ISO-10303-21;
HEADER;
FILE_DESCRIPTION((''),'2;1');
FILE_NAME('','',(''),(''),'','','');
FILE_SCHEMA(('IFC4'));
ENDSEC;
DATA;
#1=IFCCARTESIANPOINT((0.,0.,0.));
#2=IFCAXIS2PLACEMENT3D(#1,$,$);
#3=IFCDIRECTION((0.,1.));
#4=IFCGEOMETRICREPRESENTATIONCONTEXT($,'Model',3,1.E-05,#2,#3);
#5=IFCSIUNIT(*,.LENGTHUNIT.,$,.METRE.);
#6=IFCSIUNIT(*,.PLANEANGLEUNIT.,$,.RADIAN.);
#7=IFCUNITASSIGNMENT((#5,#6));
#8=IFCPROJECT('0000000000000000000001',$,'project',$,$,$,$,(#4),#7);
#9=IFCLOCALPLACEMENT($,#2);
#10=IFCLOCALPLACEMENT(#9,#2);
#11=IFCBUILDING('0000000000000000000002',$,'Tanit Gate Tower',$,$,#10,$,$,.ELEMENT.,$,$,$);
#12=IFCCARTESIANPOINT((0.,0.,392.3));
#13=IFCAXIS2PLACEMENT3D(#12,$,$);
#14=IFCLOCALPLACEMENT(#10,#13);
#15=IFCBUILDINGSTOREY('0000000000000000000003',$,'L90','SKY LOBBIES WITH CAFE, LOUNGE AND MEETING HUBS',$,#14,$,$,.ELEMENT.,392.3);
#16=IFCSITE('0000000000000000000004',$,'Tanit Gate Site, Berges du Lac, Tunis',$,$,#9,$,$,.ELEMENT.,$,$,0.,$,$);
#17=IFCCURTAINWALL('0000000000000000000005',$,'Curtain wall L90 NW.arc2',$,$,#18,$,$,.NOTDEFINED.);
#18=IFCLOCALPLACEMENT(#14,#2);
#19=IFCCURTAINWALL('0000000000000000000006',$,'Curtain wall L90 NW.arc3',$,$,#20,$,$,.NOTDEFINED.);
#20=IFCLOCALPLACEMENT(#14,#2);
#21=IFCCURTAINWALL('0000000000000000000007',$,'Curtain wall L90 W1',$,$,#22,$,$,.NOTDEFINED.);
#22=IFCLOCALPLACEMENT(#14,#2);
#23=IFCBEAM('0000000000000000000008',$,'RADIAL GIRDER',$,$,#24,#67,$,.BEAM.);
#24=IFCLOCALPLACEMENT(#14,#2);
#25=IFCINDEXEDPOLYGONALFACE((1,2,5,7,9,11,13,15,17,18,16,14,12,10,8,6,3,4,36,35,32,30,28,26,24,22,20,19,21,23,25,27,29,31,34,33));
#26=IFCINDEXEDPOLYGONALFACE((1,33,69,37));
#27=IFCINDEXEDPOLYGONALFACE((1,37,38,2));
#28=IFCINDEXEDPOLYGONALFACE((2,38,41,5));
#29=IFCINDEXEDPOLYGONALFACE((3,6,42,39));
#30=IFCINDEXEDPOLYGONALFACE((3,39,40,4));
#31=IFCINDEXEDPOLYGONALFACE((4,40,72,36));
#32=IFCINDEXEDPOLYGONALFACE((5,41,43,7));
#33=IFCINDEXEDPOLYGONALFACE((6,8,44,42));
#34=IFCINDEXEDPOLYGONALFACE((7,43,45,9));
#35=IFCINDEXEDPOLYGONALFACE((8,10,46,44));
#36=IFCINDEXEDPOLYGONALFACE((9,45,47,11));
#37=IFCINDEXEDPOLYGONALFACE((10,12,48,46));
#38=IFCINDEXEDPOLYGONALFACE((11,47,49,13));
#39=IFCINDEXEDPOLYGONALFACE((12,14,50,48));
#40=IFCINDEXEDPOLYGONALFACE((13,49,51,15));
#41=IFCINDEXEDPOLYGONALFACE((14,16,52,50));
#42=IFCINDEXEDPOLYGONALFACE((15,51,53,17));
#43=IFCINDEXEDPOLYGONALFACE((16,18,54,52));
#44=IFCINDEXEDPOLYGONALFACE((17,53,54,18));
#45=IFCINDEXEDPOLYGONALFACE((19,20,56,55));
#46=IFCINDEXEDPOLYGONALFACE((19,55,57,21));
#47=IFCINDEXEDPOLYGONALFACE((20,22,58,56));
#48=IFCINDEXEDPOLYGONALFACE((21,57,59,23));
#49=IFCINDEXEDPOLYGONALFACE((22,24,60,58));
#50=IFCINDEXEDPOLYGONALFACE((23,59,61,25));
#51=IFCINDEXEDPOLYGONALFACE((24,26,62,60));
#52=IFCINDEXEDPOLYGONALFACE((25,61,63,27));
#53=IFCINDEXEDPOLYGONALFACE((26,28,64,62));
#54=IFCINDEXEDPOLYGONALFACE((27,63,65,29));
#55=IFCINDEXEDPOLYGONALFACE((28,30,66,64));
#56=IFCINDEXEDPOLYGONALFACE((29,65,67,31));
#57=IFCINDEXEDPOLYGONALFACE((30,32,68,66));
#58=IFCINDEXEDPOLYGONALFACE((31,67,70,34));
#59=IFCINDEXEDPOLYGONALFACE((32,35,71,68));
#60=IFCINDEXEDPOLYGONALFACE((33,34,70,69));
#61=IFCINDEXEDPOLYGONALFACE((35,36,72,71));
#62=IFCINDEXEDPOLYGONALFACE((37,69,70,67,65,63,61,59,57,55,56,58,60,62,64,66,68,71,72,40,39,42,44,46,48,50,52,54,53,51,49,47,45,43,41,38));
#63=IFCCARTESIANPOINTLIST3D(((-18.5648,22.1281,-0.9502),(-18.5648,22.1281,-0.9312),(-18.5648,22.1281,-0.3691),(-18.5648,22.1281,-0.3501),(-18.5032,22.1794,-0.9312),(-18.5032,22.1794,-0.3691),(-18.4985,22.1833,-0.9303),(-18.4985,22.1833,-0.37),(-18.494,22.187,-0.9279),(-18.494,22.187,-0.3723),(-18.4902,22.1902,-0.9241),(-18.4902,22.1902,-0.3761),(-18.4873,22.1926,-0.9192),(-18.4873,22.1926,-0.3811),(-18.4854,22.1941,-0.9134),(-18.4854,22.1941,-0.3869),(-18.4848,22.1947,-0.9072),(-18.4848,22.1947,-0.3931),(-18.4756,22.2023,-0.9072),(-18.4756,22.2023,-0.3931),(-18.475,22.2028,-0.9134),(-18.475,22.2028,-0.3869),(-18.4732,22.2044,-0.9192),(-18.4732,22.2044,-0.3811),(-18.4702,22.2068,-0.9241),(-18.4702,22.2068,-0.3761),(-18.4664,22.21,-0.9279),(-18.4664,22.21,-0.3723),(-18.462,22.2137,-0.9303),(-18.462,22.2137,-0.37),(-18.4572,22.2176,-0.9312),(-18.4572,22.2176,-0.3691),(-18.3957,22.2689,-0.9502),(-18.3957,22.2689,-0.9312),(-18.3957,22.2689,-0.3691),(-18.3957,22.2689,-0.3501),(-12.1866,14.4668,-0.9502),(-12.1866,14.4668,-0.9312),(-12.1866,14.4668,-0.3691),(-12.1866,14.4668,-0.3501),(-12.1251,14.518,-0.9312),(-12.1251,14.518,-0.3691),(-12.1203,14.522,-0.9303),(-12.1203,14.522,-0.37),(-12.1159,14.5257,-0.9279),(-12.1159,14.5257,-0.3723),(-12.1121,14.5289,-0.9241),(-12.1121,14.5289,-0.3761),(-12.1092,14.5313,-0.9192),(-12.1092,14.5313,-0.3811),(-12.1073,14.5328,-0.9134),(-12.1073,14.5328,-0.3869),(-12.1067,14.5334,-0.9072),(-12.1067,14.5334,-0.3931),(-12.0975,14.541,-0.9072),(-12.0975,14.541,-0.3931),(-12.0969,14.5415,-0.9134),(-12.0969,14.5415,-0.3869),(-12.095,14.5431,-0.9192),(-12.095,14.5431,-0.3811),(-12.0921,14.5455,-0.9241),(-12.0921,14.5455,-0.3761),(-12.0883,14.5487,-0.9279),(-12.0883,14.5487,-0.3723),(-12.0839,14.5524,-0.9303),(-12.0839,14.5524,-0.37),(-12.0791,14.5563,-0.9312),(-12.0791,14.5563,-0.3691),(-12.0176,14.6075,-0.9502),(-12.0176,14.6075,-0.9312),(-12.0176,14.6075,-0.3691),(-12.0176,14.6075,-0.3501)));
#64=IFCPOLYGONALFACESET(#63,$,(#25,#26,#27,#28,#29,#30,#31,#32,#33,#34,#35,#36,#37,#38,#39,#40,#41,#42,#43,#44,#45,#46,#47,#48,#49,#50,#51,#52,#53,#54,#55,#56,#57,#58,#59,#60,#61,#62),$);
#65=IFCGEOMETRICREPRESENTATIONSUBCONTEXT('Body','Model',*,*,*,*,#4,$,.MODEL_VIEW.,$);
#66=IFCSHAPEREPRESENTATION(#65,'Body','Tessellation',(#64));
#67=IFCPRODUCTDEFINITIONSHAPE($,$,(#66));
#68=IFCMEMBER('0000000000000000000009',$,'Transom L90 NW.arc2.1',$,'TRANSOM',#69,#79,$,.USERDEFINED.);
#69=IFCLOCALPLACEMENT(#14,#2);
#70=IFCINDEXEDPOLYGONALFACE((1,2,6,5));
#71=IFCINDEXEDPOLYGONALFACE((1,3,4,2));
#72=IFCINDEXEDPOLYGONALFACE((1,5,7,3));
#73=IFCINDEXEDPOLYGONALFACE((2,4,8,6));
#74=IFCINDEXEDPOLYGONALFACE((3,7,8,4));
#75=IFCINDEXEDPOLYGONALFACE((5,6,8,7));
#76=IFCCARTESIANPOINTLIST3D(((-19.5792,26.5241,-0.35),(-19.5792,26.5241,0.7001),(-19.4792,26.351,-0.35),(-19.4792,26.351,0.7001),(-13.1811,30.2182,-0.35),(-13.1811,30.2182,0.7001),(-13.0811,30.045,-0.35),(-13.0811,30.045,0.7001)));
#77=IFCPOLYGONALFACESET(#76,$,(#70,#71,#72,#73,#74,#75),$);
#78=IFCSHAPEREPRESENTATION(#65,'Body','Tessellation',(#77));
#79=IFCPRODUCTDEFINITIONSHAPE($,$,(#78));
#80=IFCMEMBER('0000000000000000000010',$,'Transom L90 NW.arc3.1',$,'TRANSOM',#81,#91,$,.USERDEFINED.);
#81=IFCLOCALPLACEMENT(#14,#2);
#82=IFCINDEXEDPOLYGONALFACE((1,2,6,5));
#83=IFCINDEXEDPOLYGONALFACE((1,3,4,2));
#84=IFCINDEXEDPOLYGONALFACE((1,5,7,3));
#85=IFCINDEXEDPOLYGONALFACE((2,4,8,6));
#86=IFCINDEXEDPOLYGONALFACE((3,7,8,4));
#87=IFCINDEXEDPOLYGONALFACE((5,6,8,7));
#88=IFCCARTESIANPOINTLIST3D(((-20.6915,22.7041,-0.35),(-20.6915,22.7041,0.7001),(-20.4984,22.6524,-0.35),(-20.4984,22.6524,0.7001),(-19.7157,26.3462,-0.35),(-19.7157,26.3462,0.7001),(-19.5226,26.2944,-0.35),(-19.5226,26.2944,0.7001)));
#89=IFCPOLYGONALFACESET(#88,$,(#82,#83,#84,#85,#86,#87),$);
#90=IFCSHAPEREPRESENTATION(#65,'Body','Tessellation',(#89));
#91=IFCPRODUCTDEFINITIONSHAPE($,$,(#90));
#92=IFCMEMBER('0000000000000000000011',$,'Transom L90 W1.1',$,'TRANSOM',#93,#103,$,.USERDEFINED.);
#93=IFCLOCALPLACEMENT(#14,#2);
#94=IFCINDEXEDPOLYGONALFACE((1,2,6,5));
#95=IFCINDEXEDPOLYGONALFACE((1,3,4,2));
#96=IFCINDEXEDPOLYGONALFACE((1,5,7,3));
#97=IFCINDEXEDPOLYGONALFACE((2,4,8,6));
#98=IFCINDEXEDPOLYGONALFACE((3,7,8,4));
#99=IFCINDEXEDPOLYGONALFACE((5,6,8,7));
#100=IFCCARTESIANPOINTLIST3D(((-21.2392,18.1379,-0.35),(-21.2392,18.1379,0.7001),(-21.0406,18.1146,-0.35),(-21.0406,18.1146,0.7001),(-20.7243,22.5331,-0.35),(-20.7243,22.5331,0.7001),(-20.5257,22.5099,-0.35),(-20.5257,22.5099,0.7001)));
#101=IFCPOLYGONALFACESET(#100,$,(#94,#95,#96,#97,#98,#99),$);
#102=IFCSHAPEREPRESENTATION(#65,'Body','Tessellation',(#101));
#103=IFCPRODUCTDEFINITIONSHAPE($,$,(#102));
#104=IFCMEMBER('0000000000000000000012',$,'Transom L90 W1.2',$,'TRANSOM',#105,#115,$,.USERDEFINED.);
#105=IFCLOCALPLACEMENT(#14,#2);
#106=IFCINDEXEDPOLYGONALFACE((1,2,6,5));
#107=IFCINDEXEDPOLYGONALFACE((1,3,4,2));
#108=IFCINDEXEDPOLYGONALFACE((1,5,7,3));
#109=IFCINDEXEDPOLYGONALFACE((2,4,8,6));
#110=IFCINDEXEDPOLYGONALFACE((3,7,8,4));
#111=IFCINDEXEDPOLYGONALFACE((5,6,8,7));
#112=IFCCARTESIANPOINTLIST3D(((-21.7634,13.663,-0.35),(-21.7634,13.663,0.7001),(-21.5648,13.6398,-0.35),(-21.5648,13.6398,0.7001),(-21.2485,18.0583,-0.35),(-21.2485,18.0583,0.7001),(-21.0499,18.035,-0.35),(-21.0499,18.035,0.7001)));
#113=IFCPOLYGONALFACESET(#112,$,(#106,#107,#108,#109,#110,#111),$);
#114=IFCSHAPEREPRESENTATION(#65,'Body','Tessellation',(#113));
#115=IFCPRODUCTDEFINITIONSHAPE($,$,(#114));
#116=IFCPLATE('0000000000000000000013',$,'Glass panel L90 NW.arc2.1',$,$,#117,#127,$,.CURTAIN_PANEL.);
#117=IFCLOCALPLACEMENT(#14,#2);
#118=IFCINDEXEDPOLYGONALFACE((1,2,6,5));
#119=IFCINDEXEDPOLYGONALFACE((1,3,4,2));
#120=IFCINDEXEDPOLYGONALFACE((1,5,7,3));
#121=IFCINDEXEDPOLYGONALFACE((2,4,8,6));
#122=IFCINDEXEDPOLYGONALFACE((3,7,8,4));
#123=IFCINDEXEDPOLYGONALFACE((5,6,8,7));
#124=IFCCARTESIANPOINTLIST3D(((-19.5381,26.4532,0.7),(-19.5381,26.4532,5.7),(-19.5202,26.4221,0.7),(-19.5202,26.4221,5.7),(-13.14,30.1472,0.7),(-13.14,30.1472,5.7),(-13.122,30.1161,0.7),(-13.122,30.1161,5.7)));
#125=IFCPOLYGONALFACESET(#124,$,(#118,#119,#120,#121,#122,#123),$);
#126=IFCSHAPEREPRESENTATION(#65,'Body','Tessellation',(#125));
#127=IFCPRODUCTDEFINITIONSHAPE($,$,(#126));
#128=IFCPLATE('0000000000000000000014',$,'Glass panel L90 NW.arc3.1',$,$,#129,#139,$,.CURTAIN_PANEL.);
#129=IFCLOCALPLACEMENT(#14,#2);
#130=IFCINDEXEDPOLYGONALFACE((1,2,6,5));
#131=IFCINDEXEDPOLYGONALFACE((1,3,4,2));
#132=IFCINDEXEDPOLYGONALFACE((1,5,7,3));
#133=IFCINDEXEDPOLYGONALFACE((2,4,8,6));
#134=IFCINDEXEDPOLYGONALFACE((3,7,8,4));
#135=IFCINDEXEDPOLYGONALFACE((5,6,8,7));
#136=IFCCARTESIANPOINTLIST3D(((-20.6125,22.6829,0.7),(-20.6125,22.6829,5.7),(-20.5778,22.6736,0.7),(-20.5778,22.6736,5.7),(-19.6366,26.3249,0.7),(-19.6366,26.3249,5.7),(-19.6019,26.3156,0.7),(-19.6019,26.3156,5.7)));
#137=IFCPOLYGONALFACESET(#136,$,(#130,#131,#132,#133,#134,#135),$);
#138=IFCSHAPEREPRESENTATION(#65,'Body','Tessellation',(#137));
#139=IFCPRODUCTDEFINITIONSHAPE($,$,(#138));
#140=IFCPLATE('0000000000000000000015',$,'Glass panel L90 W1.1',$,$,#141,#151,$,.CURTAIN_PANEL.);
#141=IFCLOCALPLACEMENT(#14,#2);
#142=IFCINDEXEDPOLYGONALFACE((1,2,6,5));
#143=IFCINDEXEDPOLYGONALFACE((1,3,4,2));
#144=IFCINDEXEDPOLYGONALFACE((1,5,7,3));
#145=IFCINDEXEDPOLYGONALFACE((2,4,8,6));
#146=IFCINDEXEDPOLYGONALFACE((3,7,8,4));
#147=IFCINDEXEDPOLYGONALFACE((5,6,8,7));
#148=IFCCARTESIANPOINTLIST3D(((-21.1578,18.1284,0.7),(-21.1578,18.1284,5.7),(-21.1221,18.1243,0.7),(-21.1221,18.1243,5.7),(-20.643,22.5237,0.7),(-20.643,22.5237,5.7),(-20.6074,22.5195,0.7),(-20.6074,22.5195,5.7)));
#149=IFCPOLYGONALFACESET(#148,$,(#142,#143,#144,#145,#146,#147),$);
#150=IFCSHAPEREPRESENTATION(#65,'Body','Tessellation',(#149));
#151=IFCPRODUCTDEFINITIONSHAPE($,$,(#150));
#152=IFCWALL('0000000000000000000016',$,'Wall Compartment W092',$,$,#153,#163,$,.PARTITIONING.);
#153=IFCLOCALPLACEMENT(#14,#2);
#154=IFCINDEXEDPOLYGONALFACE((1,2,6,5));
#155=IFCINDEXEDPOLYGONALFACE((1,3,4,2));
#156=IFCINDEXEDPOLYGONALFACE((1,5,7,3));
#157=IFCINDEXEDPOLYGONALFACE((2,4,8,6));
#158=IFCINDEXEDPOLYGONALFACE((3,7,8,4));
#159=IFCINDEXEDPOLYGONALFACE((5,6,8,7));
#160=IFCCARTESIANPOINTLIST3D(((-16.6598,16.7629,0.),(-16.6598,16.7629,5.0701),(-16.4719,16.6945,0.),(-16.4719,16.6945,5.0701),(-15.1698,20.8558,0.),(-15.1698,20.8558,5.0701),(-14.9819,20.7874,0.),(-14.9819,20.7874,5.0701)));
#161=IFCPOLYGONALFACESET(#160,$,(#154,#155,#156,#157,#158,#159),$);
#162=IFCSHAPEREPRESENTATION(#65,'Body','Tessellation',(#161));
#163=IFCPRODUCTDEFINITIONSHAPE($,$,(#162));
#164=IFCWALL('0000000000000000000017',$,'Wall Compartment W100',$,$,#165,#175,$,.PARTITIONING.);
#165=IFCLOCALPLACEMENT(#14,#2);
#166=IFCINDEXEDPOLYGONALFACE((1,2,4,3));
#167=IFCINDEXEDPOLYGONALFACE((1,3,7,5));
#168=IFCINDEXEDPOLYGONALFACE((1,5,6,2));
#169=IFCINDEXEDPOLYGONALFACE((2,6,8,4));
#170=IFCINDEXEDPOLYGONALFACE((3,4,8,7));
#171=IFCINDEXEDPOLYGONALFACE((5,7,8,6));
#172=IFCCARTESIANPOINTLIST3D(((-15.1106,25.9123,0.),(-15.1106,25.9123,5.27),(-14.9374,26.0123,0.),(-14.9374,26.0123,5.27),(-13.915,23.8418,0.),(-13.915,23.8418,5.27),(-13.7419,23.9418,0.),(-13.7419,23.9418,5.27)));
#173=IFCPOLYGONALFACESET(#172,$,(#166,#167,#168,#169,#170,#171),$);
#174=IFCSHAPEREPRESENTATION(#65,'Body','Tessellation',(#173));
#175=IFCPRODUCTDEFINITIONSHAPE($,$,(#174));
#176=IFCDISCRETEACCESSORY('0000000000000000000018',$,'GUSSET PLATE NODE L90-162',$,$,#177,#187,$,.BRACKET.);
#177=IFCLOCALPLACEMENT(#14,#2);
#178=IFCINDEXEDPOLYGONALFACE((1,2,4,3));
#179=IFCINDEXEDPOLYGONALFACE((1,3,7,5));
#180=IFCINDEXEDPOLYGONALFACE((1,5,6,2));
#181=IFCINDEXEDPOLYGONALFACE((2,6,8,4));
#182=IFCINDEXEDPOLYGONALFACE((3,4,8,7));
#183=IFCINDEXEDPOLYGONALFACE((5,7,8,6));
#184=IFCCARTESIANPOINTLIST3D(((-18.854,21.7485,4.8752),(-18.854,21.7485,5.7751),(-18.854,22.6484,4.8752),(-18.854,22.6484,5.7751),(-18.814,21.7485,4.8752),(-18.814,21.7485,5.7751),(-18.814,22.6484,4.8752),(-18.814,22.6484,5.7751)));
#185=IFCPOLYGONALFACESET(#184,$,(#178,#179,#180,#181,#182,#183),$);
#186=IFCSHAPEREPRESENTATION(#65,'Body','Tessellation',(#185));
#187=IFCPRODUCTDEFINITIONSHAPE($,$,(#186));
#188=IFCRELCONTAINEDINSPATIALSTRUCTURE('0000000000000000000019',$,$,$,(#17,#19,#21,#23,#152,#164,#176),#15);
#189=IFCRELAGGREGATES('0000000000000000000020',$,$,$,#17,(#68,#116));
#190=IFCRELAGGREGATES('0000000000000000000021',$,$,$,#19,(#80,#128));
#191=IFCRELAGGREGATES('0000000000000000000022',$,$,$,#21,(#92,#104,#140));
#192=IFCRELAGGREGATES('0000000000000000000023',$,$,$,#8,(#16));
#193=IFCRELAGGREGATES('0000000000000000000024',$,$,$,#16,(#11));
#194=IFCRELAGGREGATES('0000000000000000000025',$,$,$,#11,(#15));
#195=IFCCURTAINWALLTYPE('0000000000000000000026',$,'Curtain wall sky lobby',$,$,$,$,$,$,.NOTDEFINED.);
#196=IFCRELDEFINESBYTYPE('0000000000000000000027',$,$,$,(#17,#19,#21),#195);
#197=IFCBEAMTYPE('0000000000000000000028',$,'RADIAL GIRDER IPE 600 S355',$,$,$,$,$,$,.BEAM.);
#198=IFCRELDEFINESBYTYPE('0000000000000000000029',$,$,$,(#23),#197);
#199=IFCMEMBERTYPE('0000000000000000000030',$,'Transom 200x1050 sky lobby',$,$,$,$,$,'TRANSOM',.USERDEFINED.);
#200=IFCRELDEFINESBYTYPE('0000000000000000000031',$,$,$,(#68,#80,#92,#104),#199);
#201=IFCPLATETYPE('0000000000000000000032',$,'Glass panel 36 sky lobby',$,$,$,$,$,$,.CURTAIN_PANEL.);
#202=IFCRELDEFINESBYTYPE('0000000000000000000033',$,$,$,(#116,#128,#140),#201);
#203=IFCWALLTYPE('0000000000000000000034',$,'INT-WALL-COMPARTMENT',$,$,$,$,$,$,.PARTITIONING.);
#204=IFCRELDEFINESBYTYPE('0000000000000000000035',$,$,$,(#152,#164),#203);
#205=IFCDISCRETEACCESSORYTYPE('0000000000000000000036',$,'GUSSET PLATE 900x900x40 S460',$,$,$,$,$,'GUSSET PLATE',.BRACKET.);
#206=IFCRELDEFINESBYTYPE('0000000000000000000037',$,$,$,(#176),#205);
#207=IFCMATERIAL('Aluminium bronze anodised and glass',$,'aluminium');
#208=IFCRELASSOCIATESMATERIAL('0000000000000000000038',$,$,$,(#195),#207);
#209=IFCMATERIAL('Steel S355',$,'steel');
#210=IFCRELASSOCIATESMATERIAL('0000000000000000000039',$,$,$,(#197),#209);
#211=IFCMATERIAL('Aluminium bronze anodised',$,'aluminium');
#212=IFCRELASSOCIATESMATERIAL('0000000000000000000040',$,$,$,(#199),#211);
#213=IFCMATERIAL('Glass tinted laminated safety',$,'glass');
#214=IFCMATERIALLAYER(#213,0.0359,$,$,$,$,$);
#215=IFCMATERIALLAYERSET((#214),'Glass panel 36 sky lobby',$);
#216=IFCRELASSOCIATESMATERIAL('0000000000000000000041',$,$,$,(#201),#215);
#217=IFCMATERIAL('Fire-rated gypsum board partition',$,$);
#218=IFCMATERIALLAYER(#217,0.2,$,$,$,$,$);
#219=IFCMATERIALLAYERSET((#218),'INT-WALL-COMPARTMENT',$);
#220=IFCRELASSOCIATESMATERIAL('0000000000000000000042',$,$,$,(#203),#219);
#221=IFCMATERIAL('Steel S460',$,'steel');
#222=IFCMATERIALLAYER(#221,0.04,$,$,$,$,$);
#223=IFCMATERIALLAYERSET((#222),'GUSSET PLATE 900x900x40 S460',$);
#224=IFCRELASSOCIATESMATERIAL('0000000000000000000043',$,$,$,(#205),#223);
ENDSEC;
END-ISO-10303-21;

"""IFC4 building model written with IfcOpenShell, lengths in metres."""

from ifc_helpers import new_model, si_unit, direction, frame, frame_2d, origin, origin_2d, place, context, subcontext, project, spatial, rectangle, i_section, extrude, material, layer, layer_set, material_profile, profile_set, type_object, element, aggregate, save


model = new_model("IFC4")

# Units and contexts
model_context = context("Model", 3, precision=1e-05, world=origin(), true_north=direction((0.0, 1.0)))
body_context = subcontext(model_context, "Body", "Model", "MODEL_VIEW")
ifc_project = project(units=[si_unit("LENGTHUNIT", "METRE"), si_unit("PLANEANGLEUNIT", "RADIAN")], contexts=[model_context])

# Site, building, storey
site_placement = place(None, origin())
site = spatial("IfcSite", under=ifc_project, at=site_placement, Name="Tanit Gate Site, Berges du Lac, Tunis", CompositionType="ELEMENT", RefElevation=0.0)
building_placement = place(site_placement, origin())
building = spatial("IfcBuilding", under=site, at=building_placement, Name="Tanit Gate Tower", CompositionType="ELEMENT")
storey_placement = place(building_placement, frame((0.0, 0.0, 392.3)))
storey = spatial("IfcBuildingStorey", under=building, at=storey_placement, Name="L90", Description="SKY LOBBIES WITH CAFE, LOUNGE AND MEETING HUBS", CompositionType="ELEMENT", Elevation=392.3)

# Curtain wall
ifc_material_1 = material(Name="Aluminium bronze anodised and glass", Category="aluminium")
curtain_wall_type = type_object("IfcCurtainWallType", Name="Curtain wall sky lobby", PredefinedType="NOTDEFINED", material=ifc_material_1)
curtain_wall_1_placement = place(storey_placement, origin())
curtain_wall_1 = element("IfcCurtainWall", 1, at=curtain_wall_1_placement, inside=storey, type_object=curtain_wall_type, Name="Curtain wall L90 NW.arc2", PredefinedType="NOTDEFINED")

# Curtain walls
curtain_wall_2_placement = place(storey_placement, origin())
curtain_wall_2 = element("IfcCurtainWall", 2, at=curtain_wall_2_placement, inside=storey, type_object=curtain_wall_type, Name="Curtain wall L90 NW.arc3", PredefinedType="NOTDEFINED")
curtain_wall_3_placement = place(storey_placement, origin())
curtain_wall_3 = element("IfcCurtainWall", 3, at=curtain_wall_3_placement, inside=storey, type_object=curtain_wall_type, Name="Curtain wall L90 W1", PredefinedType="NOTDEFINED")

# Beam
ifc_material_2 = material(Name="Steel S355", Category="steel")
ifc_material_profile_1 = material_profile(ifc_material_2, i_section(OverallWidth=0.22, OverallDepth=0.6001, WebThickness=0.012, FlangeThickness=0.019, FilletRadius=0.0239, at=origin_2d()), Name="IPE 600")
ifc_profile_set_1 = profile_set([ifc_material_profile_1], Name="Steel S355")
beam_type_1 = type_object("IfcBeamType", Name="RADIAL GIRDER IPE 600 S355", PredefinedType="BEAM", material=ifc_profile_set_1)
beam_1_placement = place(storey_placement, frame((-18.4802, 22.1985, -0.6501), z_axis=(0.639811, -0.768532, 0.0), x_axis=(0.768532, 0.639811, 0.0)))
element("IfcBeam", 4, at=beam_1_placement, inside=storey, type_object=beam_type_1, Name="RADIAL GIRDER", PredefinedType="BEAM", context=body_context, shape_type="SweptSolid", body=[
    extrude(i_section(OverallWidth=0.22, OverallDepth=0.6001, WebThickness=0.012, FlangeThickness=0.019, FilletRadius=0.0239, at=origin_2d()), origin(), (0.0, 0.0, 1.0), 9.9688),
])

# Members
ifc_material_3 = material(Name="Aluminium bronze anodised", Category="aluminium")
ifc_material_profile_2 = material_profile(ifc_material_3, rectangle(XDim=0.2, YDim=1.05, at=origin_2d()), Name="200x1050 bronze transom")
ifc_profile_set_2 = profile_set([ifc_material_profile_2], Name="Aluminium bronze anodised")
member_type_1 = type_object("IfcMemberType", Name="Transom 200x1050 sky lobby", ElementType="TRANSOM", PredefinedType="USERDEFINED", material=ifc_profile_set_2)
member_1_placement = place(storey_placement, frame((-13.1311, 30.1316, 0.175), z_axis=(-0.86602, -0.500009, 0.0), x_axis=(0.500009, -0.86602, 0.0)))
member_1 = element("IfcMember", 5, at=member_1_placement, type_object=member_type_1, Name="Transom L90 NW.arc2.1", ObjectType="TRANSOM", PredefinedType="USERDEFINED", context=body_context, shape_type="SweptSolid", body=[
    extrude(rectangle(XDim=0.2, YDim=1.05, at=origin_2d()), origin(), (0.0, 0.0, 1.0), 7.3879),
])
member_2_placement = place(storey_placement, frame((-19.6191, 26.3203, 0.175), z_axis=(-0.258803, -0.96593, 0.0), x_axis=(0.96593, -0.258803, 0.0)))
member_2 = element("IfcMember", 6, at=member_2_placement, type_object=member_type_1, Name="Transom L90 NW.arc3.1", ObjectType="TRANSOM", PredefinedType="USERDEFINED", context=body_context, shape_type="SweptSolid", body=[
    extrude(rectangle(XDim=0.2, YDim=1.05, at=origin_2d()), origin(), (0.0, 0.0, 1.0), 3.7705),
])
member_3_placement = place(storey_placement, frame((-20.625, 22.5215, 0.175), z_axis=(-0.116351, -0.993208, 0.0), x_axis=(0.993208, -0.116351, 0.0)))
member_3 = element("IfcMember", 7, at=member_3_placement, type_object=member_type_1, Name="Transom L90 W1.1", ObjectType="TRANSOM", PredefinedType="USERDEFINED", context=body_context, shape_type="SweptSolid", body=[
    extrude(rectangle(XDim=0.2, YDim=1.05, at=origin_2d()), origin(), (0.0, 0.0, 1.0), 4.4253),
])
member_4_placement = place(storey_placement, frame((-21.1492, 18.0466, 0.175), z_axis=(-0.116351, -0.993208, 0.0), x_axis=(0.993208, -0.116351, 0.0)))
member_4 = element("IfcMember", 8, at=member_4_placement, type_object=member_type_1, Name="Transom L90 W1.2", ObjectType="TRANSOM", PredefinedType="USERDEFINED", context=body_context, shape_type="SweptSolid", body=[
    extrude(rectangle(XDim=0.2, YDim=1.05, at=origin_2d()), origin(), (0.0, 0.0, 1.0), 4.4253),
])

# Plates
ifc_material_4 = material(Name="Glass tinted laminated safety", Category="glass")
ifc_layer_1 = layer(ifc_material_4, 0.0359)
ifc_layer_set_1 = layer_set([ifc_layer_1], Name="Glass panel 36 sky lobby")
plate_type = type_object("IfcPlateType", Name="Glass panel 36 sky lobby", PredefinedType="CURTAIN_PANEL", material=ifc_layer_set_1)
plate_1_placement = place(storey_placement, frame((-16.3301, 28.2847, 0.7), z_axis=(0.0, 0.0, 1.0), x_axis=(-0.866025, -0.5, 0.0)))
plate_1 = element("IfcPlate", 9, at=plate_1_placement, type_object=plate_type, Name="Glass panel L90 NW.arc2.1", PredefinedType="CURTAIN_PANEL", context=body_context, shape_type="SweptSolid", body=[
    extrude(rectangle(XDim=7.3879, YDim=0.0359, at=origin_2d()), origin(), (0.0, 0.0, 1.0), 5.0),
])
aggregate(curtain_wall_1, [member_1, plate_1])
plate_2_placement = place(storey_placement, frame((-20.1072, 24.4993, 0.7), z_axis=(0.0, 0.0, 1.0), x_axis=(-0.258819, -0.965926, 0.0)))
plate_2 = element("IfcPlate", 10, at=plate_2_placement, type_object=plate_type, Name="Glass panel L90 NW.arc3.1", PredefinedType="CURTAIN_PANEL", context=body_context, shape_type="SweptSolid", body=[
    extrude(rectangle(XDim=3.7705, YDim=0.0359, at=origin_2d()), origin(), (0.0, 0.0, 1.0), 5.0),
])
aggregate(curtain_wall_2, [member_2, plate_2])
plate_3_placement = place(storey_placement, frame((-20.8826, 20.324, 0.7), z_axis=(0.0, 0.0, 1.0), x_axis=(-0.116318, -0.993212, 0.0)))
plate_3 = element("IfcPlate", 11, at=plate_3_placement, type_object=plate_type, Name="Glass panel L90 W1.1", PredefinedType="CURTAIN_PANEL", context=body_context, shape_type="SweptSolid", body=[
    extrude(rectangle(XDim=4.4253, YDim=0.0359, at=origin_2d()), origin(), (0.0, 0.0, 1.0), 5.0),
])
aggregate(curtain_wall_3, [member_3, member_4, plate_3])

# Walls
ifc_material_5 = material(Name="Fire-rated gypsum board partition")
ifc_layer_2 = layer(ifc_material_5, 0.2)
ifc_layer_set_2 = layer_set([ifc_layer_2], Name="INT-WALL-COMPARTMENT")
wall_type = type_object("IfcWallType", Name="INT-WALL-COMPARTMENT", PredefinedType="PARTITIONING", material=ifc_layer_set_2)
wall_1_placement = place(storey_placement, frame((-15.0759, 20.8215, 0.0), z_axis=(0.0, 0.0, 1.0), x_axis=(-0.342072, -0.939674, 0.0)))
element("IfcWall", 12, at=wall_1_placement, inside=storey, type_object=wall_type, Name="Wall Compartment W092", PredefinedType="PARTITIONING", context=body_context, shape_type="SweptSolid", body=[
    extrude(rectangle(XDim=4.3557, YDim=0.2, at=frame_2d((2.1777, 0.0))), origin(), (0.0, 0.0, 1.0), 5.0701),
])
wall_2_placement = place(storey_placement, frame((-15.0239, 25.9622, 0.0), z_axis=(0.0, 0.0, 1.0), x_axis=(0.500038, -0.866004, 0.0)))
element("IfcWall", 13, at=wall_2_placement, inside=storey, type_object=wall_type, Name="Wall Compartment W100", PredefinedType="PARTITIONING", context=body_context, shape_type="SweptSolid", body=[
    extrude(rectangle(XDim=2.3909, YDim=0.2, at=frame_2d((1.1953, 0.0))), origin(), (0.0, 0.0, 1.0), 5.27),
])

# Discrete accessory
ifc_material_6 = material(Name="Steel S460", Category="steel")
ifc_layer_3 = layer(ifc_material_6, 0.04)
ifc_layer_set_3 = layer_set([ifc_layer_3], Name="GUSSET PLATE 900x900x40 S460")
discrete_accessory_type = type_object("IfcDiscreteAccessoryType", Name="GUSSET PLATE 900x900x40 S460", ElementType="GUSSET PLATE", PredefinedType="BRACKET", material=ifc_layer_set_3)
for number, where, z_axis, x_axis, name in (
    (14, (-18.834, 22.1985, 4.8752), (0.0, 0.0, 1.0), (0.0, -1.0, 0.0), "GUSSET PLATE NODE L90-162"),
):
    element("IfcDiscreteAccessory", number, at=place(storey_placement, frame(where, z_axis=z_axis, x_axis=x_axis)), inside=storey, type_object=discrete_accessory_type, Name=name, PredefinedType="BRACKET", context=body_context, shape_type="SweptSolid", body=[
        extrude(rectangle(XDim=0.8999, YDim=0.04, at=origin_2d()), origin(), (0.0, 0.0, 1.0), 0.8999),
    ])

save(model, "model.ifc")
